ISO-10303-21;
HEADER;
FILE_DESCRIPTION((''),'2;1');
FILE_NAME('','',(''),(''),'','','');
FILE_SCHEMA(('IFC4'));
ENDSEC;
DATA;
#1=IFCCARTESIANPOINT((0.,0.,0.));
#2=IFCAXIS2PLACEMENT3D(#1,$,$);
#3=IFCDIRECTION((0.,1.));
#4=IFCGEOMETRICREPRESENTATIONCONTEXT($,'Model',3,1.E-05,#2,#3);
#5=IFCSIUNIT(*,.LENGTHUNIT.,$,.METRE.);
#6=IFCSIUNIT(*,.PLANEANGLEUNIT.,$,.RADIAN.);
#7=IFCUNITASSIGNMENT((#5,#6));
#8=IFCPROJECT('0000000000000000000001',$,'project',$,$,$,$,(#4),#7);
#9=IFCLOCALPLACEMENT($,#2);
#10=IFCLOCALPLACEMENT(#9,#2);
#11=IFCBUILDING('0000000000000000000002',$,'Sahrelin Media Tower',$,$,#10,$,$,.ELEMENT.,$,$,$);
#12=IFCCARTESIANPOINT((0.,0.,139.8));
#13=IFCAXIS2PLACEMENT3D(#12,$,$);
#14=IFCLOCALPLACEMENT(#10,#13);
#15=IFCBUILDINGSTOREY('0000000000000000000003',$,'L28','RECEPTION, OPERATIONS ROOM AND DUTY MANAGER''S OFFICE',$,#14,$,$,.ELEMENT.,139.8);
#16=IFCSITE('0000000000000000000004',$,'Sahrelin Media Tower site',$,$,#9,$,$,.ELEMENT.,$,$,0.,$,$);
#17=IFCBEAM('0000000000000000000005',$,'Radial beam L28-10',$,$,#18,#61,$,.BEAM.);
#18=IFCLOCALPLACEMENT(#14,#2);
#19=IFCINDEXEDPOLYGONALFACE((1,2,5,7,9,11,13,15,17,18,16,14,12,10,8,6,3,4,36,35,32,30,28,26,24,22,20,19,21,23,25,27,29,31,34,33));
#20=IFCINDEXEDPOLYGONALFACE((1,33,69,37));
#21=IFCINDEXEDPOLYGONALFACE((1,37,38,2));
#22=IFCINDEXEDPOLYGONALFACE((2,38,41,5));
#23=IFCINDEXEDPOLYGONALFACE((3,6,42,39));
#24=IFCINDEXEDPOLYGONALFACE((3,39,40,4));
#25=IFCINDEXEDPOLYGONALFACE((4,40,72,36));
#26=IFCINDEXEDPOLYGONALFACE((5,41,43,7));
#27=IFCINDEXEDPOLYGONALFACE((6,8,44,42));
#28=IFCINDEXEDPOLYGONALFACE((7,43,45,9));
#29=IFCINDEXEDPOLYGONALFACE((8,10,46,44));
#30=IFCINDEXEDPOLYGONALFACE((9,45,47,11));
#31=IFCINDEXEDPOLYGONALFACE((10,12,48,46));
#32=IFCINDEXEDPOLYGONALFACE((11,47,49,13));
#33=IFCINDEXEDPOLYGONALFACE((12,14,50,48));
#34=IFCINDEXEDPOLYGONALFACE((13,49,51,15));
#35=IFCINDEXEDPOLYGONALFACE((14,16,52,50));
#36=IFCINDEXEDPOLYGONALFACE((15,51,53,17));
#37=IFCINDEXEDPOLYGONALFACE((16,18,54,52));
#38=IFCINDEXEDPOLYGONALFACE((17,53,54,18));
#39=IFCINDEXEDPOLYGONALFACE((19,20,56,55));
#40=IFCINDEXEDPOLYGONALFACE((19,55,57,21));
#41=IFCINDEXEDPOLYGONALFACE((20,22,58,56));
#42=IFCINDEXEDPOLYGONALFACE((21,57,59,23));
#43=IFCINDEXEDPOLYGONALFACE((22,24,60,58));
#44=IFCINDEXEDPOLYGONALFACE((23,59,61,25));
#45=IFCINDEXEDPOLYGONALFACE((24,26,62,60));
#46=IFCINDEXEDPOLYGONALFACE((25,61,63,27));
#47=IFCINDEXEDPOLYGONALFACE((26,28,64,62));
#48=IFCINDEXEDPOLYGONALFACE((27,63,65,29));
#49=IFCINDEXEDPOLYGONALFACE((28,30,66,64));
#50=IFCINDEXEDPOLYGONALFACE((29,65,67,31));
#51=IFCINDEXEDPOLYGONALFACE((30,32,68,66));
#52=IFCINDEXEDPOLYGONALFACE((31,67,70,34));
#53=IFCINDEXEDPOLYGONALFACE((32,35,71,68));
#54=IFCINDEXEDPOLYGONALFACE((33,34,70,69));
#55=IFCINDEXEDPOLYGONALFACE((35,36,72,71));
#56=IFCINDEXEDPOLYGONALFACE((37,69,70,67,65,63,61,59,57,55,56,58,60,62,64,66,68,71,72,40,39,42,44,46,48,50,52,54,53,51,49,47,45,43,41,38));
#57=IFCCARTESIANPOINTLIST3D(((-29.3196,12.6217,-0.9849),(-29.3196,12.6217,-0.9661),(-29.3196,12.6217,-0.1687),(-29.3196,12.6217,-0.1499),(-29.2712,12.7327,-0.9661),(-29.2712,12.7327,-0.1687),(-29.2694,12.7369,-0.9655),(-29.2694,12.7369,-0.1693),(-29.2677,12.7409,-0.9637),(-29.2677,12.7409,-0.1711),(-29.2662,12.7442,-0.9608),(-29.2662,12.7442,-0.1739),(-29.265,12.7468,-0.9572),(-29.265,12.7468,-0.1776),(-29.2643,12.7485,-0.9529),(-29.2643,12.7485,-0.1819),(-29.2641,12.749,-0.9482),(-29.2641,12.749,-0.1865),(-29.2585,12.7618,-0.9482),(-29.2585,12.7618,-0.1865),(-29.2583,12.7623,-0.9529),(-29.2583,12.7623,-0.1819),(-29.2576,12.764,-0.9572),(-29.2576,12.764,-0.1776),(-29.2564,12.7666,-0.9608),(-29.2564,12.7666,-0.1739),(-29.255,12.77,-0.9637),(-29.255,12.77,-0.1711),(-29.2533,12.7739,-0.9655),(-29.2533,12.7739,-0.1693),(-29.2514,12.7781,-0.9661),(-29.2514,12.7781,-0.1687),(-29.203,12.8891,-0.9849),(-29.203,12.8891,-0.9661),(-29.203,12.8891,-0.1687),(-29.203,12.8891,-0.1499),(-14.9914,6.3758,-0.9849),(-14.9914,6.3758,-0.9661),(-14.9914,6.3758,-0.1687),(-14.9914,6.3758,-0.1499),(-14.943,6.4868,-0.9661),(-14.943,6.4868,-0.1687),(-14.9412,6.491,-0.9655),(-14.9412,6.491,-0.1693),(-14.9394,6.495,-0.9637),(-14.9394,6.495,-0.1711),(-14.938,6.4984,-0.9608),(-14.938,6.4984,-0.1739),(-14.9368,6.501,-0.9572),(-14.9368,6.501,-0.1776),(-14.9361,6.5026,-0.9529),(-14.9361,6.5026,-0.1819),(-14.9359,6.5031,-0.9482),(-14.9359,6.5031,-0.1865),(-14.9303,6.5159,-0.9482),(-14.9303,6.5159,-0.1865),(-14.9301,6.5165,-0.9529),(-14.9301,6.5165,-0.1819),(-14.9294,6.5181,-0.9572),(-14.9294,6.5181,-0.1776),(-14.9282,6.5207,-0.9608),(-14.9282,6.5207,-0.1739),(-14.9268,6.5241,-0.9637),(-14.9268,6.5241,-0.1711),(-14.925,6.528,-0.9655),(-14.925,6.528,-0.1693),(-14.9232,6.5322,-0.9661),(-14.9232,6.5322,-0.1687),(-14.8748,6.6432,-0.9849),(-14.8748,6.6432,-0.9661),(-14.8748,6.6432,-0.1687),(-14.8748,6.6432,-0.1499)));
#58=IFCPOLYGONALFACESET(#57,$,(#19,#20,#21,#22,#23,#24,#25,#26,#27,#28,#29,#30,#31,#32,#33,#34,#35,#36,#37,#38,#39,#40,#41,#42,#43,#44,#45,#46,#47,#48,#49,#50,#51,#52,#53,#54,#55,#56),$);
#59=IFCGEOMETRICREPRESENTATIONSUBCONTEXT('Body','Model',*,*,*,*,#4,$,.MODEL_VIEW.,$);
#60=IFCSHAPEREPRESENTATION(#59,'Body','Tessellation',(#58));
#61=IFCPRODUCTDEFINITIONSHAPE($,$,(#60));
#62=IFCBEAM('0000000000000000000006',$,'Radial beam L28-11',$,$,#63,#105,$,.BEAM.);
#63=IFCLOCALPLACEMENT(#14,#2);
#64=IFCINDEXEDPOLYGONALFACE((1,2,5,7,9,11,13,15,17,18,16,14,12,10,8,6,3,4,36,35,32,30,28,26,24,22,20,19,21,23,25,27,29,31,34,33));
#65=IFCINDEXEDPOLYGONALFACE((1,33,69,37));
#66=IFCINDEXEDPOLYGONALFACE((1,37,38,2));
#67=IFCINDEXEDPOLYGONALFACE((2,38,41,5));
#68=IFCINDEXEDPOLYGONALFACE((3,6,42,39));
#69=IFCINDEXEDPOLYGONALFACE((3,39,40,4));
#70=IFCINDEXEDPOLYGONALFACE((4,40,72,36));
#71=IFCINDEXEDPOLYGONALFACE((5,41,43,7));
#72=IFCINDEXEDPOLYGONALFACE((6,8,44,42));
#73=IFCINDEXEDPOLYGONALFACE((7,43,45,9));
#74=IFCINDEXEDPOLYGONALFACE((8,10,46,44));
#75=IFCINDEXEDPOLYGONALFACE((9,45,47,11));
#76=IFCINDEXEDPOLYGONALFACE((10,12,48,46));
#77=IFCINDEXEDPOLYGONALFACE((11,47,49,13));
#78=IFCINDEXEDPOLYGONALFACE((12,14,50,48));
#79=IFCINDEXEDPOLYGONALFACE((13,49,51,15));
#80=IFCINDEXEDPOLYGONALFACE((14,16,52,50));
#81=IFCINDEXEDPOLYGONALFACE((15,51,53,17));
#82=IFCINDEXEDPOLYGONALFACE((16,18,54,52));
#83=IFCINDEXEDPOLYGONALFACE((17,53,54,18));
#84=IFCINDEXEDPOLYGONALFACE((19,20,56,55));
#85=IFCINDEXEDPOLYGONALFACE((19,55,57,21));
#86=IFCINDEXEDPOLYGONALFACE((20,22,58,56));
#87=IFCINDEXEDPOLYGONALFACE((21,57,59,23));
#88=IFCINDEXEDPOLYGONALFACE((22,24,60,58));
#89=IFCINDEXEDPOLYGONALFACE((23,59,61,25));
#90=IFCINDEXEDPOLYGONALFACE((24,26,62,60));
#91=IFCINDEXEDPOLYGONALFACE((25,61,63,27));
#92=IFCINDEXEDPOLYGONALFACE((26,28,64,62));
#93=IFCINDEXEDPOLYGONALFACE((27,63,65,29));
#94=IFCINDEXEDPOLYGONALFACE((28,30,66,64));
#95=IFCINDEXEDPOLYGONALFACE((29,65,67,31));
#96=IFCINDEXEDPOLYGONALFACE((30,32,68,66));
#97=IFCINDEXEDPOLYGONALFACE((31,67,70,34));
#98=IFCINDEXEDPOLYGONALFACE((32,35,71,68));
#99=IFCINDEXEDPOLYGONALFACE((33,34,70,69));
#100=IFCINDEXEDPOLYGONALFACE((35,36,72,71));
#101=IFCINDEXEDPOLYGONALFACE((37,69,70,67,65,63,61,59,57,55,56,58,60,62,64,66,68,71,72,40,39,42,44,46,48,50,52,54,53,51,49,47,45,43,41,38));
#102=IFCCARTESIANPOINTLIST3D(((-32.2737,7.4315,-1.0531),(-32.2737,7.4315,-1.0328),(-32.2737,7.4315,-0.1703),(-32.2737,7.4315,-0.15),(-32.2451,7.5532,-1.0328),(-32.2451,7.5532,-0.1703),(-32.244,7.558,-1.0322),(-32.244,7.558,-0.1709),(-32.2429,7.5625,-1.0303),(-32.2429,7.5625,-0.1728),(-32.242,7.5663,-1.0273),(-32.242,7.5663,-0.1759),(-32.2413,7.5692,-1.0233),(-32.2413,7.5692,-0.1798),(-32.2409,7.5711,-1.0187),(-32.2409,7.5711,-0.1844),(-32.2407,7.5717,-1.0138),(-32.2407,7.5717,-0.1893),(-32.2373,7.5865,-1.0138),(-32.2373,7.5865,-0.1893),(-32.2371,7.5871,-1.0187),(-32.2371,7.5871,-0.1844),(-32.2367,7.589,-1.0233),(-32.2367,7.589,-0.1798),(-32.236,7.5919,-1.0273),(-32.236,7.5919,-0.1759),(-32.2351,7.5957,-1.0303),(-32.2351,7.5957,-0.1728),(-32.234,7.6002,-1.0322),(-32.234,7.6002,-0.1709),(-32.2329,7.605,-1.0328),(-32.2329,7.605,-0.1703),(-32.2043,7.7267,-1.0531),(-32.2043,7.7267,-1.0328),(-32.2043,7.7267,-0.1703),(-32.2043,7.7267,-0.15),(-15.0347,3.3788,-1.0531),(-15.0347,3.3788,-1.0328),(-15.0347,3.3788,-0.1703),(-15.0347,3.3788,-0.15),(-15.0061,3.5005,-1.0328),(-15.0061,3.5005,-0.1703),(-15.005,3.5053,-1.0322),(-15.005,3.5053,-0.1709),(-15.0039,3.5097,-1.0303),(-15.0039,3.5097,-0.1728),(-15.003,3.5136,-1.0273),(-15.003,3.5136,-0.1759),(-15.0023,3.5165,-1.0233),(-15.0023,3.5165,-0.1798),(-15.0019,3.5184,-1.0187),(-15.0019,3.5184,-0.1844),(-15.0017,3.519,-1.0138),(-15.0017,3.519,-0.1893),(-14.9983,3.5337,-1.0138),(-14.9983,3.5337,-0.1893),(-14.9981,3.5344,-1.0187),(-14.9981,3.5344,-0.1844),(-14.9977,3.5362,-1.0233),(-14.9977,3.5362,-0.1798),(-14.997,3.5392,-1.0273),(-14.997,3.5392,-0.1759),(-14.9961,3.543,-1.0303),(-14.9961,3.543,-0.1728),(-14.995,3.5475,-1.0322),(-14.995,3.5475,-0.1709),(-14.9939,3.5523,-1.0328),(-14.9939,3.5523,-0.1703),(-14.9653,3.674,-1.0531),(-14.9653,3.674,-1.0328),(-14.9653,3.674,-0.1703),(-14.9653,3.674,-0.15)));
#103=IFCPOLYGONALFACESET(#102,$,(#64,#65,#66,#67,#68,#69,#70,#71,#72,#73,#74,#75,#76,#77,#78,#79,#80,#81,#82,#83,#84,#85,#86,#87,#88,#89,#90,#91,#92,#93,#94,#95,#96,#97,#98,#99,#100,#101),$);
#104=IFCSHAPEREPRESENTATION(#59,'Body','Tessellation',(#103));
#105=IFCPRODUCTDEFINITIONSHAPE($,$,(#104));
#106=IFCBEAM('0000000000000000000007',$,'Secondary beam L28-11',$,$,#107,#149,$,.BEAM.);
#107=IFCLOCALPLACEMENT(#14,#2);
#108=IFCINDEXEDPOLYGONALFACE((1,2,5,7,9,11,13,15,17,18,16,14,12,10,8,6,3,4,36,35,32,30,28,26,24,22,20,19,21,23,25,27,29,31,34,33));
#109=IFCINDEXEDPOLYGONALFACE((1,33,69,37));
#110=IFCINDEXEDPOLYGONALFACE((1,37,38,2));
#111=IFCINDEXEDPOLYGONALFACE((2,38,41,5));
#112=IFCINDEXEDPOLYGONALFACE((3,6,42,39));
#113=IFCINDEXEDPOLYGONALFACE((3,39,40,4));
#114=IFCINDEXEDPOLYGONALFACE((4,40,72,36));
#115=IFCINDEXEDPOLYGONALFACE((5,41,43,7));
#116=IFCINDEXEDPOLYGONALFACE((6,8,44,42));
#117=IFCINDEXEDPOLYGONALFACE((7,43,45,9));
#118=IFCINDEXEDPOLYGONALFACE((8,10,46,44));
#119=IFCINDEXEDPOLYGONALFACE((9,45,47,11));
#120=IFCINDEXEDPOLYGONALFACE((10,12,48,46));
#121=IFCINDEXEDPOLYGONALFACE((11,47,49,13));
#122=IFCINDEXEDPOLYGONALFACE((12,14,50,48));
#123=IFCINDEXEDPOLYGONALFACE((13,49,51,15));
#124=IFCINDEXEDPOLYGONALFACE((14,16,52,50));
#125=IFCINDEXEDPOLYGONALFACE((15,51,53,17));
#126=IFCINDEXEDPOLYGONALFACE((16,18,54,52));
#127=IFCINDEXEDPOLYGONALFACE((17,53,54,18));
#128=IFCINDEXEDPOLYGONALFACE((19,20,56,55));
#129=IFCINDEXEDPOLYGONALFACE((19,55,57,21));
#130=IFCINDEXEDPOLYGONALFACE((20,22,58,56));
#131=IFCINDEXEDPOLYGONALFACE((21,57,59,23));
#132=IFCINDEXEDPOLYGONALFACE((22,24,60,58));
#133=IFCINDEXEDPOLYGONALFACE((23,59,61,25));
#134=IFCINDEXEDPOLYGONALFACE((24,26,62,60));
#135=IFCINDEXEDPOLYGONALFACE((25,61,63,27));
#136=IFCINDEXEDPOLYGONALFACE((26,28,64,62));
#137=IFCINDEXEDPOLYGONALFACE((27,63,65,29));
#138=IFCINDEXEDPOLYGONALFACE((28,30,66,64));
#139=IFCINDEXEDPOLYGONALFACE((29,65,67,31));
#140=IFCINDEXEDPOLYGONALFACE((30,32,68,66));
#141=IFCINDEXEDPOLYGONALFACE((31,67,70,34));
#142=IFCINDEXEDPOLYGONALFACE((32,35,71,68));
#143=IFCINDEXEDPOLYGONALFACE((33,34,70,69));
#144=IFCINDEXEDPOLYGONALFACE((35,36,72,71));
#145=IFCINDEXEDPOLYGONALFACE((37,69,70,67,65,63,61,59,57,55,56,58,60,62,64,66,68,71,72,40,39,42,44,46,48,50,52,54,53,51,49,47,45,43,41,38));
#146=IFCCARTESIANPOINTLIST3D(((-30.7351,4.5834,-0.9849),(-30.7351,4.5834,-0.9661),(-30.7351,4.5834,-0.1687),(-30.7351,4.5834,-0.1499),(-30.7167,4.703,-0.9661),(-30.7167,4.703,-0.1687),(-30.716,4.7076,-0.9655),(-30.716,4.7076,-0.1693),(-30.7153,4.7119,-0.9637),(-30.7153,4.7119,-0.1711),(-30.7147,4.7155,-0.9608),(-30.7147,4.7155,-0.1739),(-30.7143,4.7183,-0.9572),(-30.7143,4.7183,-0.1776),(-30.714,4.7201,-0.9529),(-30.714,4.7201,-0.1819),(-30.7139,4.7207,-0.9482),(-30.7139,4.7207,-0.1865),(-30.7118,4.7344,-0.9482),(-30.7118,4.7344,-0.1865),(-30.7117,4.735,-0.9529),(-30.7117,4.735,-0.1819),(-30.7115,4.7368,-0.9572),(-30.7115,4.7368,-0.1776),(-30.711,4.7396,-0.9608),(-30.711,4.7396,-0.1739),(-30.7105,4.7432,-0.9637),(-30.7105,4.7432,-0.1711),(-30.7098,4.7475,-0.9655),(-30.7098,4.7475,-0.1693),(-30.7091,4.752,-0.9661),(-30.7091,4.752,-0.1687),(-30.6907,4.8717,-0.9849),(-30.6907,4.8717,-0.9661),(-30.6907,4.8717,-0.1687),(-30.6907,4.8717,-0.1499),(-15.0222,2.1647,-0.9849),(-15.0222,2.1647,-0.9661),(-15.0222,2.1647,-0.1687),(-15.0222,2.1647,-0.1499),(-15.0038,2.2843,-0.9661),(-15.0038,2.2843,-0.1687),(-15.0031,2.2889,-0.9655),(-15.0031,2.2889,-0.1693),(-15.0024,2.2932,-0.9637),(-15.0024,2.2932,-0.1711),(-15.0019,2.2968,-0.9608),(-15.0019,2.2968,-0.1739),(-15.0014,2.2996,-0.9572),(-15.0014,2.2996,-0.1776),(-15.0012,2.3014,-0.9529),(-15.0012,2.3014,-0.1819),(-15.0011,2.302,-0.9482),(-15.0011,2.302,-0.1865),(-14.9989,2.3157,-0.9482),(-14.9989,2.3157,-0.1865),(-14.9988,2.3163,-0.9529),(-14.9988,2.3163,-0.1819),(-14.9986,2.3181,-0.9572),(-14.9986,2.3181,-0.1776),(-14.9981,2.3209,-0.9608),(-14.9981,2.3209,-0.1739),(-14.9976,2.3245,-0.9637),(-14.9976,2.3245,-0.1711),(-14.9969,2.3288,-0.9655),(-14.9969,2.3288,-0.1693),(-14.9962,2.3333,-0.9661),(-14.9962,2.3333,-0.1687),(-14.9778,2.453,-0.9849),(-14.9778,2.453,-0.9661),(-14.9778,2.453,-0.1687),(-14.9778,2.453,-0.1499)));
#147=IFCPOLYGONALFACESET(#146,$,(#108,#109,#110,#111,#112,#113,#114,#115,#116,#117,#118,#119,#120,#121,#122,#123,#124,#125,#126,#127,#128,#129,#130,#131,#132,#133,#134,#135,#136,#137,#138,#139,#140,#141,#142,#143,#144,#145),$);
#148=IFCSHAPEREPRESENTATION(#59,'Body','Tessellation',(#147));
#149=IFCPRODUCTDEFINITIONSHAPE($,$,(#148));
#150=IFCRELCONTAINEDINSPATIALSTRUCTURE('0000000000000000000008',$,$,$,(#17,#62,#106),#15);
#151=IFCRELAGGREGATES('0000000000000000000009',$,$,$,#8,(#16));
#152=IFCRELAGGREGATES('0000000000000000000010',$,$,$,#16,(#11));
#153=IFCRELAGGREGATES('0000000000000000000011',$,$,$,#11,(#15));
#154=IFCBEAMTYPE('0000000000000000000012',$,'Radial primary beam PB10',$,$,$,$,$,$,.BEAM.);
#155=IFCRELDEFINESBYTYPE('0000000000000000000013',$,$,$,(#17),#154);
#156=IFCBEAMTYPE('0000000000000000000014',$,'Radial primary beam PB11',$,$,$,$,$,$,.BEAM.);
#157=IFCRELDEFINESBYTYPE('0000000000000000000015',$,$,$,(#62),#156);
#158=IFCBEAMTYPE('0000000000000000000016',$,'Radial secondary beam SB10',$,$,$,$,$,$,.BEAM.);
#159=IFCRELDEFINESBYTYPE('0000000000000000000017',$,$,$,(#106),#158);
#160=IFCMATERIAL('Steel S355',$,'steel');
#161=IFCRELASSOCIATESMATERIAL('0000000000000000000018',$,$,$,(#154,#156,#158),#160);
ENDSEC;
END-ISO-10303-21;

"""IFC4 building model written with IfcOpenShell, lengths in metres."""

from ifc_helpers import new_model, si_unit, direction, frame, origin, origin_2d, place, context, subcontext, project, spatial, i_section, extrude, material, material_profile, profile_set, type_object, element, save


model = new_model("IFC4")

# Units and contexts
model_context = context("Model", 3, precision=1e-05, world=origin(), true_north=direction((0.0, 1.0)))
body_context = subcontext(model_context, "Body", "Model", "MODEL_VIEW")
ifc_project = project(units=[si_unit("LENGTHUNIT", "METRE"), si_unit("PLANEANGLEUNIT", "RADIAN")], contexts=[model_context])

# Site, building, storey
site_placement = place(None, origin())
site = spatial("IfcSite", under=ifc_project, at=site_placement, Name="Sahrelin Media Tower site", CompositionType="ELEMENT", RefElevation=0.0)
building_placement = place(site_placement, origin())
building = spatial("IfcBuilding", under=site, at=building_placement, Name="Sahrelin Media Tower", CompositionType="ELEMENT")
storey_placement = place(building_placement, frame((0.0, 0.0, 139.8)))
storey = spatial("IfcBuildingStorey", under=building, at=storey_placement, Name="L28", Description="RECEPTION, OPERATIONS ROOM AND DUTY MANAGER'S OFFICE", CompositionType="ELEMENT", Elevation=139.8)

# Beams
ifc_material_1 = material(Name="Steel S355", Category="steel")
ifc_material_profile_1 = material_profile(ifc_material_1, i_section(OverallWidth=0.2917, OverallDepth=0.835, WebThickness=0.0139, FlangeThickness=0.0188, FilletRadius=0.0178, at=origin_2d()), Name="UB 838x292x176")
ifc_profile_set_1 = profile_set([ifc_material_profile_1], Name="Steel S355")
beam_type_1 = type_object("IfcBeamType", Name="Radial primary beam PB10", PredefinedType="BEAM", material=ifc_profile_set_1)
beam_1_placement = place(storey_placement, frame((-14.9331, 6.5095, -0.5674), z_axis=(-0.91669, 0.399599, 0.0), x_axis=(-0.399599, -0.91669, 0.0)))
element("IfcBeam", 1, at=beam_1_placement, inside=storey, type_object=beam_type_1, Name="Radial beam L28-10", PredefinedType="BEAM", context=body_context, shape_type="SweptSolid", body=[
    extrude(i_section(OverallWidth=0.2917, OverallDepth=0.835, WebThickness=0.0139, FlangeThickness=0.0188, FilletRadius=0.0178, at=origin_2d()), origin(), (0.0, 0.0, 1.0), 15.6304),
])
ifc_material_profile_2 = material_profile(ifc_material_1, i_section(OverallWidth=0.3032, OverallDepth=0.9031, WebThickness=0.0151, FlangeThickness=0.0203, FilletRadius=0.019, at=origin_2d()), Name="UB 914x305x201")
ifc_profile_set_2 = profile_set([ifc_material_profile_2], Name="Steel S355")
beam_type_2 = type_object("IfcBeamType", Name="Radial primary beam PB11", PredefinedType="BEAM", material=ifc_profile_set_2)
beam_2_placement = place(storey_placement, frame((-15.0, 3.5264, -0.6016), z_axis=(-0.973461, 0.228852, 0.0), x_axis=(-0.228852, -0.973461, 0.0)))
element("IfcBeam", 2, at=beam_2_placement, inside=storey, type_object=beam_type_2, Name="Radial beam L28-11", PredefinedType="BEAM", context=body_context, shape_type="SweptSolid", body=[
    extrude(i_section(OverallWidth=0.3032, OverallDepth=0.9031, WebThickness=0.0151, FlangeThickness=0.0203, FilletRadius=0.019, at=origin_2d()), origin(), (0.0, 0.0, 1.0), 17.709),
])
ifc_material_profile_3 = material_profile(ifc_material_1, i_section(OverallWidth=0.2917, OverallDepth=0.835, WebThickness=0.0139, FlangeThickness=0.0188, FilletRadius=0.0178, at=origin_2d()), Name="UB 838x292x176")
ifc_profile_set_3 = profile_set([ifc_material_profile_3], Name="Steel S355")
beam_type_3 = type_object("IfcBeamType", Name="Radial secondary beam SB10", PredefinedType="BEAM", material=ifc_profile_set_3)
beam_3_placement = place(storey_placement, frame((-15.0, 2.3088, -0.5674), z_axis=(-0.988359, 0.152139, 0.0), x_axis=(-0.152139, -0.988359, 0.0)))
element("IfcBeam", 3, at=beam_3_placement, inside=storey, type_object=beam_type_3, Name="Secondary beam L28-11", PredefinedType="BEAM", context=body_context, shape_type="SweptSolid", body=[
    extrude(i_section(OverallWidth=0.2917, OverallDepth=0.835, WebThickness=0.0139, FlangeThickness=0.0188, FilletRadius=0.0178, at=origin_2d()), origin(), (0.0, 0.0, 1.0), 15.8979),
])

save(model, "model.ifc")
